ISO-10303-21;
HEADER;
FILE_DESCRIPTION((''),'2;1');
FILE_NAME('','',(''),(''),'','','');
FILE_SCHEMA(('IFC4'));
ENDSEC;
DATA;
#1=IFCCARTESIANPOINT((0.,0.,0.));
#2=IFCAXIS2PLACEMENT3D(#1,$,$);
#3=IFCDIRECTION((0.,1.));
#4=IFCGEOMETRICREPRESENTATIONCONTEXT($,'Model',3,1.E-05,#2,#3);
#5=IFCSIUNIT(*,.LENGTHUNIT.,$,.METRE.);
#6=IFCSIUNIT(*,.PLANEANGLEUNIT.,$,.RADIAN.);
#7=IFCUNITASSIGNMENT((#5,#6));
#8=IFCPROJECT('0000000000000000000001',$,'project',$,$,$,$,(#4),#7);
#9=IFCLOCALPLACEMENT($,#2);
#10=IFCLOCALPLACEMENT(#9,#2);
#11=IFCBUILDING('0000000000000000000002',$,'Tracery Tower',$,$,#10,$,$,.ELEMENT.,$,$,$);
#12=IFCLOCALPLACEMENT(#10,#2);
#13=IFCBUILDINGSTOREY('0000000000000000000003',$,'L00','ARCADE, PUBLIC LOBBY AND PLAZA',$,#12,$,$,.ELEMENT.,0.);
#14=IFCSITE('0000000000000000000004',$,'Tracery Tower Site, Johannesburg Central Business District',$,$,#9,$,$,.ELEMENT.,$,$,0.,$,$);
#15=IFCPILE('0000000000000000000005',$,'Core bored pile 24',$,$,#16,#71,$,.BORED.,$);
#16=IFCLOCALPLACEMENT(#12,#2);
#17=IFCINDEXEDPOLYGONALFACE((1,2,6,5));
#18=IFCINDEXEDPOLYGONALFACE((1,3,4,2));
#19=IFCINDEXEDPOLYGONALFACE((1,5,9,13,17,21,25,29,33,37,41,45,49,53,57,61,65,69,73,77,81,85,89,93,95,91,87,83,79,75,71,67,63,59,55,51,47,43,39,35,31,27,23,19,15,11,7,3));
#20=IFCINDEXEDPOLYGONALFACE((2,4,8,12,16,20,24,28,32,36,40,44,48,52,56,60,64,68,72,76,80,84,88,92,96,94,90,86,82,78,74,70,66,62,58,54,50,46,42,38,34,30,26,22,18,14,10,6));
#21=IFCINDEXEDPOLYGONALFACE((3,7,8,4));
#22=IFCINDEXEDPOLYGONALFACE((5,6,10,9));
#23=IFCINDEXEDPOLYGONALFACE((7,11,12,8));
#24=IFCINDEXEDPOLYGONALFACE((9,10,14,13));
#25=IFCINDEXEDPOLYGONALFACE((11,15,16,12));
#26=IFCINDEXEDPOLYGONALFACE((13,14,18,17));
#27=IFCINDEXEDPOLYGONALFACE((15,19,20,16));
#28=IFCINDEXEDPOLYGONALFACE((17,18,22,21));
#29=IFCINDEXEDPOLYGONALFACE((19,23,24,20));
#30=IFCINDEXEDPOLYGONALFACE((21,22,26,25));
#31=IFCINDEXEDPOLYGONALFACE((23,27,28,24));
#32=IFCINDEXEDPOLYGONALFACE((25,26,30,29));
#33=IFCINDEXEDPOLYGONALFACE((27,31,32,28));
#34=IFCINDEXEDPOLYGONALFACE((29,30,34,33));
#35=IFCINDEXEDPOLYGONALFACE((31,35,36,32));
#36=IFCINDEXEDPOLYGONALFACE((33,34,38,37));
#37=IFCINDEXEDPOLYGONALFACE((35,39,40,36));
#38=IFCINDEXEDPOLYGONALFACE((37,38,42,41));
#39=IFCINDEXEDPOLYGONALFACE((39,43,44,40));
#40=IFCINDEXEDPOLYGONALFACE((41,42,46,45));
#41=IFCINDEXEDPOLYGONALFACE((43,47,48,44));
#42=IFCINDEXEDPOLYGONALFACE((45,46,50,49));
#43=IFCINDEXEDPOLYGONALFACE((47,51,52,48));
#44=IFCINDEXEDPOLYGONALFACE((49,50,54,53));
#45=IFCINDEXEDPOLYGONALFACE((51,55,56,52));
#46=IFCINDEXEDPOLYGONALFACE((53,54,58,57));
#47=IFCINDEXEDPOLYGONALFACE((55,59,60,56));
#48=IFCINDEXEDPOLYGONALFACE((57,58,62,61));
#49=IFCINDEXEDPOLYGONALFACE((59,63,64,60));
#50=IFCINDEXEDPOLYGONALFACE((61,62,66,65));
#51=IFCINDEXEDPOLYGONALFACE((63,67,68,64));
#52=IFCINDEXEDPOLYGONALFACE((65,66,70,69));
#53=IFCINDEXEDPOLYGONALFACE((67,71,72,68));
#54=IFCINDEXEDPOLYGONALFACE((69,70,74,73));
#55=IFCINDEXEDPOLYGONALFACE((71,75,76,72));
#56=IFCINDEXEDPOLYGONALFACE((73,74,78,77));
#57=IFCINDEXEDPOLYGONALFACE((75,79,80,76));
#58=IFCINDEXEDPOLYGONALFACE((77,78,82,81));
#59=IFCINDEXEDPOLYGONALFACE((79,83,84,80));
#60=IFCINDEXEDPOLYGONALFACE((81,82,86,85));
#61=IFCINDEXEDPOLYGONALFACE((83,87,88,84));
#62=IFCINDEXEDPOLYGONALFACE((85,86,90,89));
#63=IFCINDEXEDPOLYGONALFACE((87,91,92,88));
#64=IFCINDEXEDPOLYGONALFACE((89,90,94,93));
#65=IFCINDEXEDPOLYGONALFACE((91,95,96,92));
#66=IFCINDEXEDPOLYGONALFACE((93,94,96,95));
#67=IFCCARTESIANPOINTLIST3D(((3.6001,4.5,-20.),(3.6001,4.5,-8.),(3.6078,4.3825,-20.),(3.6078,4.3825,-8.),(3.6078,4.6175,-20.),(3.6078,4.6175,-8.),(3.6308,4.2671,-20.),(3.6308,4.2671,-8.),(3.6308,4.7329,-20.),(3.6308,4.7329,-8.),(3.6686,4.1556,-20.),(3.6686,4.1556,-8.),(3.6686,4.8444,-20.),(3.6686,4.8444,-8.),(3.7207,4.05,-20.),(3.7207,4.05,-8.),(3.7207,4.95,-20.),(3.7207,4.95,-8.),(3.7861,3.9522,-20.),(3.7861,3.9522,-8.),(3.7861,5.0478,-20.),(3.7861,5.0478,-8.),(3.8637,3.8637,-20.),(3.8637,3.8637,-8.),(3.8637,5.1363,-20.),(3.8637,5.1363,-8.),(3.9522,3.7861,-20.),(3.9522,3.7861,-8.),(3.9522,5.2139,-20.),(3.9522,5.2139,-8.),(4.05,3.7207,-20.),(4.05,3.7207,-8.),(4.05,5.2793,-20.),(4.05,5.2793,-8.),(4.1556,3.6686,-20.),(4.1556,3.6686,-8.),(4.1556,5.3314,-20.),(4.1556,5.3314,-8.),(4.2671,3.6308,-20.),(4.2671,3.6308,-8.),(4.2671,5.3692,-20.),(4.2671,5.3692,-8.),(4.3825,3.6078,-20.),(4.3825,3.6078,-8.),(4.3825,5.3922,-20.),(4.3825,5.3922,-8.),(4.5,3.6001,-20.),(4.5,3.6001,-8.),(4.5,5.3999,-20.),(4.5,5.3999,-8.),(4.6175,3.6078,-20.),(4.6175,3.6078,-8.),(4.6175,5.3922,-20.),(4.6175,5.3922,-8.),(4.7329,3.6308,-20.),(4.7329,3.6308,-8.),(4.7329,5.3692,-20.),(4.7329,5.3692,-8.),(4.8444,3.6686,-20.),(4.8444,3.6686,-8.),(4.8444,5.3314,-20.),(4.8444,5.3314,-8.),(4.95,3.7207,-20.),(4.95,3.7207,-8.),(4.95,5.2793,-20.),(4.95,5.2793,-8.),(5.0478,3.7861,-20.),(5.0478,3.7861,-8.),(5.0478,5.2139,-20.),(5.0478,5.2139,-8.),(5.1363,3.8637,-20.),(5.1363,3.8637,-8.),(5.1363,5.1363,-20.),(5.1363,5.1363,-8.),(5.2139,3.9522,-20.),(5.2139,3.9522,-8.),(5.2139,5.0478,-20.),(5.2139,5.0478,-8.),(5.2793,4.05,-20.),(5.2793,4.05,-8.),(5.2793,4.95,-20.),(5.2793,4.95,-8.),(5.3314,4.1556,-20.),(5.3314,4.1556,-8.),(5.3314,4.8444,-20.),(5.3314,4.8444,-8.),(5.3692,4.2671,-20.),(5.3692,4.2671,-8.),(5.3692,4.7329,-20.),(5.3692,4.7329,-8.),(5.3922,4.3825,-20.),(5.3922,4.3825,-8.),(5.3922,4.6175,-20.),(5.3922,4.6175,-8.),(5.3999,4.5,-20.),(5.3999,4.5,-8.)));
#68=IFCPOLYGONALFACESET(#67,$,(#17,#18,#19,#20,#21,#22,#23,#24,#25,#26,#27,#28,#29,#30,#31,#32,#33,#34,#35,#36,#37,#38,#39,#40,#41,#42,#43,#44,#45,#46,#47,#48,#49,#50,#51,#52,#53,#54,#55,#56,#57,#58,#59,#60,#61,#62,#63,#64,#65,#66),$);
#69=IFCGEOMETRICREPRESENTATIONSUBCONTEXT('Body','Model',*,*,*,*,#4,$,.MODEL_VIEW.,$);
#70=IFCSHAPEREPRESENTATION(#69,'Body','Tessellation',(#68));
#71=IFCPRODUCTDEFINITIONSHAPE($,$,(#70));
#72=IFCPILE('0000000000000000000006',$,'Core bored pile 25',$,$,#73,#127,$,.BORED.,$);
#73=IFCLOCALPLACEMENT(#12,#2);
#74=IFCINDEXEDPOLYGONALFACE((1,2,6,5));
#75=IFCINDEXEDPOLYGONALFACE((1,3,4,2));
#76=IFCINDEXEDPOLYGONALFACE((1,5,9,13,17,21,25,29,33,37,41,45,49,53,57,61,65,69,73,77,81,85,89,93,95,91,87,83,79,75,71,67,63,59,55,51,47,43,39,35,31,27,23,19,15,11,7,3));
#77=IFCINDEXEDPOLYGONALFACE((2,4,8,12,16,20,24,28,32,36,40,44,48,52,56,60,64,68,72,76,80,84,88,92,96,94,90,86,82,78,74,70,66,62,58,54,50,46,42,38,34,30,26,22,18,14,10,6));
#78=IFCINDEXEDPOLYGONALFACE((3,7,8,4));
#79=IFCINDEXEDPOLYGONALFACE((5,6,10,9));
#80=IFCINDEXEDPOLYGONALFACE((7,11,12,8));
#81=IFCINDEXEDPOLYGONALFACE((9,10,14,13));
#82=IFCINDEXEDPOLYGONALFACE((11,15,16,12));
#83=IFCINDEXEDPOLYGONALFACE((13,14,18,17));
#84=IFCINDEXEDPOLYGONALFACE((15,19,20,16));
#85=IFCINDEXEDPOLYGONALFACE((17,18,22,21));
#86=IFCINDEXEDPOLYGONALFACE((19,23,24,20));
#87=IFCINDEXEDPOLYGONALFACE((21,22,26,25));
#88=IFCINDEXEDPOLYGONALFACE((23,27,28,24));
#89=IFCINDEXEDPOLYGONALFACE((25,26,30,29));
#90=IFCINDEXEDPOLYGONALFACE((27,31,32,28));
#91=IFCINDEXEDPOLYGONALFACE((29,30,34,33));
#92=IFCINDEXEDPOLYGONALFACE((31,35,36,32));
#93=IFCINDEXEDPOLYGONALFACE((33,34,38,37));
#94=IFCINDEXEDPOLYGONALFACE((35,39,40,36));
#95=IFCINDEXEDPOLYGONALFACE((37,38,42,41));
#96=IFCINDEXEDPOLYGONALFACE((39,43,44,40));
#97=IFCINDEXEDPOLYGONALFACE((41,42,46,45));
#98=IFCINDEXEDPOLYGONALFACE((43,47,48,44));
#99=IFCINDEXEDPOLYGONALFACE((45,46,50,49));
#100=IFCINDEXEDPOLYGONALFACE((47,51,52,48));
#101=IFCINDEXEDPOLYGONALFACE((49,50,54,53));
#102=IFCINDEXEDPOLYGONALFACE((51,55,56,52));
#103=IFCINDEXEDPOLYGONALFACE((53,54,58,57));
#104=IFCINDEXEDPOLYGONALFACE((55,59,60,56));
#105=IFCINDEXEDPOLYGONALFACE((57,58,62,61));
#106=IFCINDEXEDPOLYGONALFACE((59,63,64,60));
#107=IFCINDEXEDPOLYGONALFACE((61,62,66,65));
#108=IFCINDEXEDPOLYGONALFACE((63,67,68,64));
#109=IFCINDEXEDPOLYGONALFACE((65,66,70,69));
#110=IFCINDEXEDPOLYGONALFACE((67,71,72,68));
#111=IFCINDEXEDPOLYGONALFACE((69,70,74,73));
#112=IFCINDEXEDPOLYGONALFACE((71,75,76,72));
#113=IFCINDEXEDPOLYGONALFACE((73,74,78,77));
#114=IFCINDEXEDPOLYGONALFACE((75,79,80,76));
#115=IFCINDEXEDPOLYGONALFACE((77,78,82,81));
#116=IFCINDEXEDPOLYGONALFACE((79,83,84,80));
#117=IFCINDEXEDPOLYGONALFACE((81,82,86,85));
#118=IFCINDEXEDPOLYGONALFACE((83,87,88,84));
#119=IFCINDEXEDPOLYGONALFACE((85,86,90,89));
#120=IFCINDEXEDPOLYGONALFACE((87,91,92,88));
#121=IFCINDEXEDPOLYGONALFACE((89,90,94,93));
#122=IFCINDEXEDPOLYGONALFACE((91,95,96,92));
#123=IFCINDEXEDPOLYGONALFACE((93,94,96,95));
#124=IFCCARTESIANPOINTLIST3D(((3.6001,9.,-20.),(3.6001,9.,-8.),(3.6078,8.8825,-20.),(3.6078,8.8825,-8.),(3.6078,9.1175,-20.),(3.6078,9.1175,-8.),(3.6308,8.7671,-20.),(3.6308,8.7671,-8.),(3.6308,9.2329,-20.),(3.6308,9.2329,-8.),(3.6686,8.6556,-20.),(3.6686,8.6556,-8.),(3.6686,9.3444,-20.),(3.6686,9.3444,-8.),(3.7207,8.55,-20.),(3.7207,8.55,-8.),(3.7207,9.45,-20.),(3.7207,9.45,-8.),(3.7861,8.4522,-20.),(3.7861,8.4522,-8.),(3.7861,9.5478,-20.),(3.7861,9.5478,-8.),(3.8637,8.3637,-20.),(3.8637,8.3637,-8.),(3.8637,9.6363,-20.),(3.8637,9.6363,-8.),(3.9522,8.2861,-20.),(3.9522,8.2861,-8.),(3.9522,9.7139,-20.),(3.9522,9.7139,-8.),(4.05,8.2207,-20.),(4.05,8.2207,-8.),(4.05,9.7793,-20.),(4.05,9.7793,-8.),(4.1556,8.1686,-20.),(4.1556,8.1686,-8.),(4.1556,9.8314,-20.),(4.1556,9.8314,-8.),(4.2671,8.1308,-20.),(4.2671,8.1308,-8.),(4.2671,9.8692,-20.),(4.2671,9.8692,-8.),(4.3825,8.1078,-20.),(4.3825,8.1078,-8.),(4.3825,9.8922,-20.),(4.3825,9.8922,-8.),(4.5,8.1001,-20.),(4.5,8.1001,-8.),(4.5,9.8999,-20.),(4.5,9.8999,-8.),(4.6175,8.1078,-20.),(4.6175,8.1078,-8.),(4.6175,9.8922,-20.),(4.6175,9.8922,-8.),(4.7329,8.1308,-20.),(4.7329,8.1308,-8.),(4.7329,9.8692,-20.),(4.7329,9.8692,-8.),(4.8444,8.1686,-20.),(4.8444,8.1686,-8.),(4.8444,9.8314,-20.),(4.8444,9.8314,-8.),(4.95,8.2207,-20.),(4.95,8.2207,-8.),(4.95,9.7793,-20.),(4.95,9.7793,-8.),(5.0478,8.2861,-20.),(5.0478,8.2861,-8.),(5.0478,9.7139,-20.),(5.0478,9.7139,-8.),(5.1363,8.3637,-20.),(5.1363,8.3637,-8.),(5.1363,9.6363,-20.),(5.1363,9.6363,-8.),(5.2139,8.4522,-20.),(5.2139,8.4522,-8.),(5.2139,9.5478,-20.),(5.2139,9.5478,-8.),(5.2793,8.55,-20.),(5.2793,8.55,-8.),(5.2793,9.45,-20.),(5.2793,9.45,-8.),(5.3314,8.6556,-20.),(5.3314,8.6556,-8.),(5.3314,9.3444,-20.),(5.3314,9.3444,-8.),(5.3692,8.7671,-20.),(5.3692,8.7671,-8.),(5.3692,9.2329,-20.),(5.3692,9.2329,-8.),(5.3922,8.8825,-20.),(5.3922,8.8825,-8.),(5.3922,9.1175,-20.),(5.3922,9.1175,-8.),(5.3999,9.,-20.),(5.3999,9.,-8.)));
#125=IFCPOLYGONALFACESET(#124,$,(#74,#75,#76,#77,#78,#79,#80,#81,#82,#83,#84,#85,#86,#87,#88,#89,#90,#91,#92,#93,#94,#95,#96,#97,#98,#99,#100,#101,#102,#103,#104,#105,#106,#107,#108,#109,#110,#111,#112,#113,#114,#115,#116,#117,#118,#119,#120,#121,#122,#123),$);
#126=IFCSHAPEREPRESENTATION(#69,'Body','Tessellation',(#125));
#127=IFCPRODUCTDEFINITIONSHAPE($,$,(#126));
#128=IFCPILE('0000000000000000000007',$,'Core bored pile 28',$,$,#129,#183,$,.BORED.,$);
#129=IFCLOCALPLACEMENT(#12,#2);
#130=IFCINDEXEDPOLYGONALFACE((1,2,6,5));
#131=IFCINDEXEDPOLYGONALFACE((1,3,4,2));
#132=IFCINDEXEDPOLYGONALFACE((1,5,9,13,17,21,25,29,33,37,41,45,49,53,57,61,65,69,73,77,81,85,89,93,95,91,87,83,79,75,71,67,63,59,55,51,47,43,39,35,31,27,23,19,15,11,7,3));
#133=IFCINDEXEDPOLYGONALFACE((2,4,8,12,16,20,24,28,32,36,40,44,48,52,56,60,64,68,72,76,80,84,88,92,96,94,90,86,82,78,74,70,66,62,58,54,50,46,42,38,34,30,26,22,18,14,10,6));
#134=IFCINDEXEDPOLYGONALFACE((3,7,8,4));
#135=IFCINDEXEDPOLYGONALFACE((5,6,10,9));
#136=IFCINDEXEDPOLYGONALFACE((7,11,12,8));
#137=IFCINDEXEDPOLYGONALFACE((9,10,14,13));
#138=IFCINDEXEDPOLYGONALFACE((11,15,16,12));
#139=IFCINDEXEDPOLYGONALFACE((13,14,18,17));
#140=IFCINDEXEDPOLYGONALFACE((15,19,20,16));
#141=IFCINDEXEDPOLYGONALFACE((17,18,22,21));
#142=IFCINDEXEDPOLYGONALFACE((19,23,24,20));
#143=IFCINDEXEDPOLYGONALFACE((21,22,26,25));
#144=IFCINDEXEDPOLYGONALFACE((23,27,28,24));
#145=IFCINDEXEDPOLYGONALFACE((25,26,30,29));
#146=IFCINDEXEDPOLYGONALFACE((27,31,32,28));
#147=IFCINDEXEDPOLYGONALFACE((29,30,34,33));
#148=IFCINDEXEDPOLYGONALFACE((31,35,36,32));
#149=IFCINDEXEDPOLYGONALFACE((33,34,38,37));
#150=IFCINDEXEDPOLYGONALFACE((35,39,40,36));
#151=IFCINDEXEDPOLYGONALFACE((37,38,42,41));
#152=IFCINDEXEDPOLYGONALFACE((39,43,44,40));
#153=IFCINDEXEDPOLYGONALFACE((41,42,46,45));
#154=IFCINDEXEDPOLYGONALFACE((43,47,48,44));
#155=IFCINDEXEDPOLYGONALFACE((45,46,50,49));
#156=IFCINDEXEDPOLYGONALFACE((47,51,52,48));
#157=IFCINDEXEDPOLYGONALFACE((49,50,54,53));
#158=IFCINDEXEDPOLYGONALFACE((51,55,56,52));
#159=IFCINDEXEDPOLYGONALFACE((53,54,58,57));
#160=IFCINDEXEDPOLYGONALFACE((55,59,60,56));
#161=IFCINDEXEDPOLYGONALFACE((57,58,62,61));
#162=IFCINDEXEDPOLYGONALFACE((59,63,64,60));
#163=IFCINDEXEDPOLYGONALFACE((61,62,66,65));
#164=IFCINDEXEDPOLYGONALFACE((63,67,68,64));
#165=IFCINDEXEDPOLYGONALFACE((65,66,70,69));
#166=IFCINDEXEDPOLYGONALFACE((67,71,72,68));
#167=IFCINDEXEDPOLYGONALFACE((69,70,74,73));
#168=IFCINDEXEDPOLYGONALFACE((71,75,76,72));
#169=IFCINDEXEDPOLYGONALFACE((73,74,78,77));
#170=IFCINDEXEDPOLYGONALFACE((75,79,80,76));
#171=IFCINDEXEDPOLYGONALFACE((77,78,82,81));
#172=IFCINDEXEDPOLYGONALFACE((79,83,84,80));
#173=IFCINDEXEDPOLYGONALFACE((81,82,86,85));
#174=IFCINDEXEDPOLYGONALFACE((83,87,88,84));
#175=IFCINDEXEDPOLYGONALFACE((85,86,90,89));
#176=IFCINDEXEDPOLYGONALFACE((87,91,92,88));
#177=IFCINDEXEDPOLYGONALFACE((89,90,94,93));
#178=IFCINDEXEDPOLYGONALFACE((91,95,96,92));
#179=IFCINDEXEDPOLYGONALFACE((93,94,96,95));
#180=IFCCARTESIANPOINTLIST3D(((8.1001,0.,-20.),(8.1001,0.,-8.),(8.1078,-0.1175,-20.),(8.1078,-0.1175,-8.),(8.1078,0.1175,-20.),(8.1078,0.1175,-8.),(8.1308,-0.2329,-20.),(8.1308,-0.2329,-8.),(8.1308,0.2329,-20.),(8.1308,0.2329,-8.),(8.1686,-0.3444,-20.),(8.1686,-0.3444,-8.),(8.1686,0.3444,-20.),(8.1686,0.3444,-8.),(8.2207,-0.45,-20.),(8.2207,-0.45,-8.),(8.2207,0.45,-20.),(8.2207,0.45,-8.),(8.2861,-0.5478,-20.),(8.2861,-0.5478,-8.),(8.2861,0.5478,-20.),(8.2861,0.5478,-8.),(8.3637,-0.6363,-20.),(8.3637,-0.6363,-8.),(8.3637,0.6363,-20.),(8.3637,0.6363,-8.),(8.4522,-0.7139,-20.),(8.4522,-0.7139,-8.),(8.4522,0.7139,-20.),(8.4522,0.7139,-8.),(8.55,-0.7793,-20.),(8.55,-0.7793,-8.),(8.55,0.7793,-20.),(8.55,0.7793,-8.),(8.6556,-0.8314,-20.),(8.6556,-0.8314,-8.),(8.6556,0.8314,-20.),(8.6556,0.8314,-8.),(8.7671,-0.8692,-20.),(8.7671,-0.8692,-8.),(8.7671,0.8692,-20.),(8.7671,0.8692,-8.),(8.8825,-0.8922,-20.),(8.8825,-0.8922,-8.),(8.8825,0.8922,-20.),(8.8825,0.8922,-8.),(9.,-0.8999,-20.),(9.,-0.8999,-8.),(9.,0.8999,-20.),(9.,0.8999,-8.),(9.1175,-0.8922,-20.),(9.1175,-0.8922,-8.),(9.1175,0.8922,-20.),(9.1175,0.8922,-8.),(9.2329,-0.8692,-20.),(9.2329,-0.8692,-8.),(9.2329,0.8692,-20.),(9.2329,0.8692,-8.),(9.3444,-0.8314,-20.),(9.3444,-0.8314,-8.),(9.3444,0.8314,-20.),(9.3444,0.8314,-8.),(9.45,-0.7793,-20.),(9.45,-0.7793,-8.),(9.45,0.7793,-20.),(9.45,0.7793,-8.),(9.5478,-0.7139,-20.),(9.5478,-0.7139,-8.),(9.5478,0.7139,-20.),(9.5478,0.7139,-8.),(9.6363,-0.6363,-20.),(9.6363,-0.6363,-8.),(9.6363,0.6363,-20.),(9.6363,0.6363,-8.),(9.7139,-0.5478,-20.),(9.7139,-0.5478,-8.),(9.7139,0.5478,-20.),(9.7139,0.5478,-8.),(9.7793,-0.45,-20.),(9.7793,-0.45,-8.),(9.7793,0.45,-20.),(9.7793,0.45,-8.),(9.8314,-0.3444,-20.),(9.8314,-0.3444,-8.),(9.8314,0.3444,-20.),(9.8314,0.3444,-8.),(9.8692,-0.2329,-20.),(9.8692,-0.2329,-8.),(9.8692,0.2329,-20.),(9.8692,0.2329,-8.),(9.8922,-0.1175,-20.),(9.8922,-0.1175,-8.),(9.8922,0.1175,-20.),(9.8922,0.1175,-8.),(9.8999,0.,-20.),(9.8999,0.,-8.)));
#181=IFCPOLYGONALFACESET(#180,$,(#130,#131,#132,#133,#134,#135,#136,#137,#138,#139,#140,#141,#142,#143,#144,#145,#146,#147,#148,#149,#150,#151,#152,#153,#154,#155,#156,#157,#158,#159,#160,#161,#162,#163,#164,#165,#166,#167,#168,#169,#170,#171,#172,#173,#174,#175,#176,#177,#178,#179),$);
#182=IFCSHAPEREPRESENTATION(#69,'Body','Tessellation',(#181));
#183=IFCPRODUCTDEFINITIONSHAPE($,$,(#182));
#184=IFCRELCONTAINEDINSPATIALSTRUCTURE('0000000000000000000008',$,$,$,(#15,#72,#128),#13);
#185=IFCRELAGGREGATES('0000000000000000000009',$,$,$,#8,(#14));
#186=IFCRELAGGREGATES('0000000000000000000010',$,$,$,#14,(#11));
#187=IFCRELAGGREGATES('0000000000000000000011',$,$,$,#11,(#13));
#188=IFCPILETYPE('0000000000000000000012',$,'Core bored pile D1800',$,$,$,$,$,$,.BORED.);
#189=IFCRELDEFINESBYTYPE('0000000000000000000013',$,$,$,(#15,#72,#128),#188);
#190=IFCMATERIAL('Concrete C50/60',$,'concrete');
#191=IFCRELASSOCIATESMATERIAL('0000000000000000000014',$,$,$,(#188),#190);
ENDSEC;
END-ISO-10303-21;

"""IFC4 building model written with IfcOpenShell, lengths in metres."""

from ifc_helpers import new_model, si_unit, direction, frame, origin, origin_2d, place, context, subcontext, project, spatial, circle, extrude, material, material_profile, profile_set, type_object, element, save


model = new_model("IFC4")

# Units and contexts
model_context = context("Model", 3, precision=1e-05, world=origin(), true_north=direction((0.0, 1.0)))
body_context = subcontext(model_context, "Body", "Model", "MODEL_VIEW")
ifc_project = project(units=[si_unit("LENGTHUNIT", "METRE"), si_unit("PLANEANGLEUNIT", "RADIAN")], contexts=[model_context])

# Site, building, storey
site_placement = place(None, origin())
site = spatial("IfcSite", under=ifc_project, at=site_placement, Name="Tracery Tower Site, Johannesburg Central Business District", CompositionType="ELEMENT", RefElevation=0.0)
building_placement = place(site_placement, origin())
building = spatial("IfcBuilding", under=site, at=building_placement, Name="Tracery Tower", CompositionType="ELEMENT")
storey_placement = place(building_placement, origin())
storey = spatial("IfcBuildingStorey", under=building, at=storey_placement, Name="L00", Description="ARCADE, PUBLIC LOBBY AND PLAZA", CompositionType="ELEMENT", Elevation=0.0)

# Piles
ifc_material_1 = material(Name="Concrete C50/60", Category="concrete")
ifc_material_profile = material_profile(ifc_material_1, circle(Radius=0.8999, at=origin_2d()), Name="RC D1800")
ifc_profile_set = profile_set([ifc_material_profile], Name="Concrete C50/60")
pile_type = type_object("IfcPileType", Name="Core bored pile D1800", PredefinedType="BORED", material=ifc_profile_set)
for number, where, z_axis, x_axis, name in (
    (1, (4.5, 4.5, -8.0), (0.0, 0.0, -1.0), (1.0, 0.0, 0.0), "Core bored pile 24"),
    (2, (4.5, 9.0, -8.0), (0.0, 0.0, -1.0), (1.0, 0.0, 0.0), "Core bored pile 25"),
    (3, (9.0, 0.0, -8.0), (0.0, 0.0, -1.0), (1.0, 0.0, 0.0), "Core bored pile 28"),
):
    element("IfcPile", number, at=place(storey_placement, frame(where, z_axis=z_axis, x_axis=x_axis)), inside=storey, type_object=pile_type, Name=name, PredefinedType="BORED", context=body_context, shape_type="SweptSolid", body=[
        extrude(circle(Radius=0.8999, at=origin_2d()), origin(), (0.0, 0.0, 1.0), 12.0),
    ])

save(model, "model.ifc")
